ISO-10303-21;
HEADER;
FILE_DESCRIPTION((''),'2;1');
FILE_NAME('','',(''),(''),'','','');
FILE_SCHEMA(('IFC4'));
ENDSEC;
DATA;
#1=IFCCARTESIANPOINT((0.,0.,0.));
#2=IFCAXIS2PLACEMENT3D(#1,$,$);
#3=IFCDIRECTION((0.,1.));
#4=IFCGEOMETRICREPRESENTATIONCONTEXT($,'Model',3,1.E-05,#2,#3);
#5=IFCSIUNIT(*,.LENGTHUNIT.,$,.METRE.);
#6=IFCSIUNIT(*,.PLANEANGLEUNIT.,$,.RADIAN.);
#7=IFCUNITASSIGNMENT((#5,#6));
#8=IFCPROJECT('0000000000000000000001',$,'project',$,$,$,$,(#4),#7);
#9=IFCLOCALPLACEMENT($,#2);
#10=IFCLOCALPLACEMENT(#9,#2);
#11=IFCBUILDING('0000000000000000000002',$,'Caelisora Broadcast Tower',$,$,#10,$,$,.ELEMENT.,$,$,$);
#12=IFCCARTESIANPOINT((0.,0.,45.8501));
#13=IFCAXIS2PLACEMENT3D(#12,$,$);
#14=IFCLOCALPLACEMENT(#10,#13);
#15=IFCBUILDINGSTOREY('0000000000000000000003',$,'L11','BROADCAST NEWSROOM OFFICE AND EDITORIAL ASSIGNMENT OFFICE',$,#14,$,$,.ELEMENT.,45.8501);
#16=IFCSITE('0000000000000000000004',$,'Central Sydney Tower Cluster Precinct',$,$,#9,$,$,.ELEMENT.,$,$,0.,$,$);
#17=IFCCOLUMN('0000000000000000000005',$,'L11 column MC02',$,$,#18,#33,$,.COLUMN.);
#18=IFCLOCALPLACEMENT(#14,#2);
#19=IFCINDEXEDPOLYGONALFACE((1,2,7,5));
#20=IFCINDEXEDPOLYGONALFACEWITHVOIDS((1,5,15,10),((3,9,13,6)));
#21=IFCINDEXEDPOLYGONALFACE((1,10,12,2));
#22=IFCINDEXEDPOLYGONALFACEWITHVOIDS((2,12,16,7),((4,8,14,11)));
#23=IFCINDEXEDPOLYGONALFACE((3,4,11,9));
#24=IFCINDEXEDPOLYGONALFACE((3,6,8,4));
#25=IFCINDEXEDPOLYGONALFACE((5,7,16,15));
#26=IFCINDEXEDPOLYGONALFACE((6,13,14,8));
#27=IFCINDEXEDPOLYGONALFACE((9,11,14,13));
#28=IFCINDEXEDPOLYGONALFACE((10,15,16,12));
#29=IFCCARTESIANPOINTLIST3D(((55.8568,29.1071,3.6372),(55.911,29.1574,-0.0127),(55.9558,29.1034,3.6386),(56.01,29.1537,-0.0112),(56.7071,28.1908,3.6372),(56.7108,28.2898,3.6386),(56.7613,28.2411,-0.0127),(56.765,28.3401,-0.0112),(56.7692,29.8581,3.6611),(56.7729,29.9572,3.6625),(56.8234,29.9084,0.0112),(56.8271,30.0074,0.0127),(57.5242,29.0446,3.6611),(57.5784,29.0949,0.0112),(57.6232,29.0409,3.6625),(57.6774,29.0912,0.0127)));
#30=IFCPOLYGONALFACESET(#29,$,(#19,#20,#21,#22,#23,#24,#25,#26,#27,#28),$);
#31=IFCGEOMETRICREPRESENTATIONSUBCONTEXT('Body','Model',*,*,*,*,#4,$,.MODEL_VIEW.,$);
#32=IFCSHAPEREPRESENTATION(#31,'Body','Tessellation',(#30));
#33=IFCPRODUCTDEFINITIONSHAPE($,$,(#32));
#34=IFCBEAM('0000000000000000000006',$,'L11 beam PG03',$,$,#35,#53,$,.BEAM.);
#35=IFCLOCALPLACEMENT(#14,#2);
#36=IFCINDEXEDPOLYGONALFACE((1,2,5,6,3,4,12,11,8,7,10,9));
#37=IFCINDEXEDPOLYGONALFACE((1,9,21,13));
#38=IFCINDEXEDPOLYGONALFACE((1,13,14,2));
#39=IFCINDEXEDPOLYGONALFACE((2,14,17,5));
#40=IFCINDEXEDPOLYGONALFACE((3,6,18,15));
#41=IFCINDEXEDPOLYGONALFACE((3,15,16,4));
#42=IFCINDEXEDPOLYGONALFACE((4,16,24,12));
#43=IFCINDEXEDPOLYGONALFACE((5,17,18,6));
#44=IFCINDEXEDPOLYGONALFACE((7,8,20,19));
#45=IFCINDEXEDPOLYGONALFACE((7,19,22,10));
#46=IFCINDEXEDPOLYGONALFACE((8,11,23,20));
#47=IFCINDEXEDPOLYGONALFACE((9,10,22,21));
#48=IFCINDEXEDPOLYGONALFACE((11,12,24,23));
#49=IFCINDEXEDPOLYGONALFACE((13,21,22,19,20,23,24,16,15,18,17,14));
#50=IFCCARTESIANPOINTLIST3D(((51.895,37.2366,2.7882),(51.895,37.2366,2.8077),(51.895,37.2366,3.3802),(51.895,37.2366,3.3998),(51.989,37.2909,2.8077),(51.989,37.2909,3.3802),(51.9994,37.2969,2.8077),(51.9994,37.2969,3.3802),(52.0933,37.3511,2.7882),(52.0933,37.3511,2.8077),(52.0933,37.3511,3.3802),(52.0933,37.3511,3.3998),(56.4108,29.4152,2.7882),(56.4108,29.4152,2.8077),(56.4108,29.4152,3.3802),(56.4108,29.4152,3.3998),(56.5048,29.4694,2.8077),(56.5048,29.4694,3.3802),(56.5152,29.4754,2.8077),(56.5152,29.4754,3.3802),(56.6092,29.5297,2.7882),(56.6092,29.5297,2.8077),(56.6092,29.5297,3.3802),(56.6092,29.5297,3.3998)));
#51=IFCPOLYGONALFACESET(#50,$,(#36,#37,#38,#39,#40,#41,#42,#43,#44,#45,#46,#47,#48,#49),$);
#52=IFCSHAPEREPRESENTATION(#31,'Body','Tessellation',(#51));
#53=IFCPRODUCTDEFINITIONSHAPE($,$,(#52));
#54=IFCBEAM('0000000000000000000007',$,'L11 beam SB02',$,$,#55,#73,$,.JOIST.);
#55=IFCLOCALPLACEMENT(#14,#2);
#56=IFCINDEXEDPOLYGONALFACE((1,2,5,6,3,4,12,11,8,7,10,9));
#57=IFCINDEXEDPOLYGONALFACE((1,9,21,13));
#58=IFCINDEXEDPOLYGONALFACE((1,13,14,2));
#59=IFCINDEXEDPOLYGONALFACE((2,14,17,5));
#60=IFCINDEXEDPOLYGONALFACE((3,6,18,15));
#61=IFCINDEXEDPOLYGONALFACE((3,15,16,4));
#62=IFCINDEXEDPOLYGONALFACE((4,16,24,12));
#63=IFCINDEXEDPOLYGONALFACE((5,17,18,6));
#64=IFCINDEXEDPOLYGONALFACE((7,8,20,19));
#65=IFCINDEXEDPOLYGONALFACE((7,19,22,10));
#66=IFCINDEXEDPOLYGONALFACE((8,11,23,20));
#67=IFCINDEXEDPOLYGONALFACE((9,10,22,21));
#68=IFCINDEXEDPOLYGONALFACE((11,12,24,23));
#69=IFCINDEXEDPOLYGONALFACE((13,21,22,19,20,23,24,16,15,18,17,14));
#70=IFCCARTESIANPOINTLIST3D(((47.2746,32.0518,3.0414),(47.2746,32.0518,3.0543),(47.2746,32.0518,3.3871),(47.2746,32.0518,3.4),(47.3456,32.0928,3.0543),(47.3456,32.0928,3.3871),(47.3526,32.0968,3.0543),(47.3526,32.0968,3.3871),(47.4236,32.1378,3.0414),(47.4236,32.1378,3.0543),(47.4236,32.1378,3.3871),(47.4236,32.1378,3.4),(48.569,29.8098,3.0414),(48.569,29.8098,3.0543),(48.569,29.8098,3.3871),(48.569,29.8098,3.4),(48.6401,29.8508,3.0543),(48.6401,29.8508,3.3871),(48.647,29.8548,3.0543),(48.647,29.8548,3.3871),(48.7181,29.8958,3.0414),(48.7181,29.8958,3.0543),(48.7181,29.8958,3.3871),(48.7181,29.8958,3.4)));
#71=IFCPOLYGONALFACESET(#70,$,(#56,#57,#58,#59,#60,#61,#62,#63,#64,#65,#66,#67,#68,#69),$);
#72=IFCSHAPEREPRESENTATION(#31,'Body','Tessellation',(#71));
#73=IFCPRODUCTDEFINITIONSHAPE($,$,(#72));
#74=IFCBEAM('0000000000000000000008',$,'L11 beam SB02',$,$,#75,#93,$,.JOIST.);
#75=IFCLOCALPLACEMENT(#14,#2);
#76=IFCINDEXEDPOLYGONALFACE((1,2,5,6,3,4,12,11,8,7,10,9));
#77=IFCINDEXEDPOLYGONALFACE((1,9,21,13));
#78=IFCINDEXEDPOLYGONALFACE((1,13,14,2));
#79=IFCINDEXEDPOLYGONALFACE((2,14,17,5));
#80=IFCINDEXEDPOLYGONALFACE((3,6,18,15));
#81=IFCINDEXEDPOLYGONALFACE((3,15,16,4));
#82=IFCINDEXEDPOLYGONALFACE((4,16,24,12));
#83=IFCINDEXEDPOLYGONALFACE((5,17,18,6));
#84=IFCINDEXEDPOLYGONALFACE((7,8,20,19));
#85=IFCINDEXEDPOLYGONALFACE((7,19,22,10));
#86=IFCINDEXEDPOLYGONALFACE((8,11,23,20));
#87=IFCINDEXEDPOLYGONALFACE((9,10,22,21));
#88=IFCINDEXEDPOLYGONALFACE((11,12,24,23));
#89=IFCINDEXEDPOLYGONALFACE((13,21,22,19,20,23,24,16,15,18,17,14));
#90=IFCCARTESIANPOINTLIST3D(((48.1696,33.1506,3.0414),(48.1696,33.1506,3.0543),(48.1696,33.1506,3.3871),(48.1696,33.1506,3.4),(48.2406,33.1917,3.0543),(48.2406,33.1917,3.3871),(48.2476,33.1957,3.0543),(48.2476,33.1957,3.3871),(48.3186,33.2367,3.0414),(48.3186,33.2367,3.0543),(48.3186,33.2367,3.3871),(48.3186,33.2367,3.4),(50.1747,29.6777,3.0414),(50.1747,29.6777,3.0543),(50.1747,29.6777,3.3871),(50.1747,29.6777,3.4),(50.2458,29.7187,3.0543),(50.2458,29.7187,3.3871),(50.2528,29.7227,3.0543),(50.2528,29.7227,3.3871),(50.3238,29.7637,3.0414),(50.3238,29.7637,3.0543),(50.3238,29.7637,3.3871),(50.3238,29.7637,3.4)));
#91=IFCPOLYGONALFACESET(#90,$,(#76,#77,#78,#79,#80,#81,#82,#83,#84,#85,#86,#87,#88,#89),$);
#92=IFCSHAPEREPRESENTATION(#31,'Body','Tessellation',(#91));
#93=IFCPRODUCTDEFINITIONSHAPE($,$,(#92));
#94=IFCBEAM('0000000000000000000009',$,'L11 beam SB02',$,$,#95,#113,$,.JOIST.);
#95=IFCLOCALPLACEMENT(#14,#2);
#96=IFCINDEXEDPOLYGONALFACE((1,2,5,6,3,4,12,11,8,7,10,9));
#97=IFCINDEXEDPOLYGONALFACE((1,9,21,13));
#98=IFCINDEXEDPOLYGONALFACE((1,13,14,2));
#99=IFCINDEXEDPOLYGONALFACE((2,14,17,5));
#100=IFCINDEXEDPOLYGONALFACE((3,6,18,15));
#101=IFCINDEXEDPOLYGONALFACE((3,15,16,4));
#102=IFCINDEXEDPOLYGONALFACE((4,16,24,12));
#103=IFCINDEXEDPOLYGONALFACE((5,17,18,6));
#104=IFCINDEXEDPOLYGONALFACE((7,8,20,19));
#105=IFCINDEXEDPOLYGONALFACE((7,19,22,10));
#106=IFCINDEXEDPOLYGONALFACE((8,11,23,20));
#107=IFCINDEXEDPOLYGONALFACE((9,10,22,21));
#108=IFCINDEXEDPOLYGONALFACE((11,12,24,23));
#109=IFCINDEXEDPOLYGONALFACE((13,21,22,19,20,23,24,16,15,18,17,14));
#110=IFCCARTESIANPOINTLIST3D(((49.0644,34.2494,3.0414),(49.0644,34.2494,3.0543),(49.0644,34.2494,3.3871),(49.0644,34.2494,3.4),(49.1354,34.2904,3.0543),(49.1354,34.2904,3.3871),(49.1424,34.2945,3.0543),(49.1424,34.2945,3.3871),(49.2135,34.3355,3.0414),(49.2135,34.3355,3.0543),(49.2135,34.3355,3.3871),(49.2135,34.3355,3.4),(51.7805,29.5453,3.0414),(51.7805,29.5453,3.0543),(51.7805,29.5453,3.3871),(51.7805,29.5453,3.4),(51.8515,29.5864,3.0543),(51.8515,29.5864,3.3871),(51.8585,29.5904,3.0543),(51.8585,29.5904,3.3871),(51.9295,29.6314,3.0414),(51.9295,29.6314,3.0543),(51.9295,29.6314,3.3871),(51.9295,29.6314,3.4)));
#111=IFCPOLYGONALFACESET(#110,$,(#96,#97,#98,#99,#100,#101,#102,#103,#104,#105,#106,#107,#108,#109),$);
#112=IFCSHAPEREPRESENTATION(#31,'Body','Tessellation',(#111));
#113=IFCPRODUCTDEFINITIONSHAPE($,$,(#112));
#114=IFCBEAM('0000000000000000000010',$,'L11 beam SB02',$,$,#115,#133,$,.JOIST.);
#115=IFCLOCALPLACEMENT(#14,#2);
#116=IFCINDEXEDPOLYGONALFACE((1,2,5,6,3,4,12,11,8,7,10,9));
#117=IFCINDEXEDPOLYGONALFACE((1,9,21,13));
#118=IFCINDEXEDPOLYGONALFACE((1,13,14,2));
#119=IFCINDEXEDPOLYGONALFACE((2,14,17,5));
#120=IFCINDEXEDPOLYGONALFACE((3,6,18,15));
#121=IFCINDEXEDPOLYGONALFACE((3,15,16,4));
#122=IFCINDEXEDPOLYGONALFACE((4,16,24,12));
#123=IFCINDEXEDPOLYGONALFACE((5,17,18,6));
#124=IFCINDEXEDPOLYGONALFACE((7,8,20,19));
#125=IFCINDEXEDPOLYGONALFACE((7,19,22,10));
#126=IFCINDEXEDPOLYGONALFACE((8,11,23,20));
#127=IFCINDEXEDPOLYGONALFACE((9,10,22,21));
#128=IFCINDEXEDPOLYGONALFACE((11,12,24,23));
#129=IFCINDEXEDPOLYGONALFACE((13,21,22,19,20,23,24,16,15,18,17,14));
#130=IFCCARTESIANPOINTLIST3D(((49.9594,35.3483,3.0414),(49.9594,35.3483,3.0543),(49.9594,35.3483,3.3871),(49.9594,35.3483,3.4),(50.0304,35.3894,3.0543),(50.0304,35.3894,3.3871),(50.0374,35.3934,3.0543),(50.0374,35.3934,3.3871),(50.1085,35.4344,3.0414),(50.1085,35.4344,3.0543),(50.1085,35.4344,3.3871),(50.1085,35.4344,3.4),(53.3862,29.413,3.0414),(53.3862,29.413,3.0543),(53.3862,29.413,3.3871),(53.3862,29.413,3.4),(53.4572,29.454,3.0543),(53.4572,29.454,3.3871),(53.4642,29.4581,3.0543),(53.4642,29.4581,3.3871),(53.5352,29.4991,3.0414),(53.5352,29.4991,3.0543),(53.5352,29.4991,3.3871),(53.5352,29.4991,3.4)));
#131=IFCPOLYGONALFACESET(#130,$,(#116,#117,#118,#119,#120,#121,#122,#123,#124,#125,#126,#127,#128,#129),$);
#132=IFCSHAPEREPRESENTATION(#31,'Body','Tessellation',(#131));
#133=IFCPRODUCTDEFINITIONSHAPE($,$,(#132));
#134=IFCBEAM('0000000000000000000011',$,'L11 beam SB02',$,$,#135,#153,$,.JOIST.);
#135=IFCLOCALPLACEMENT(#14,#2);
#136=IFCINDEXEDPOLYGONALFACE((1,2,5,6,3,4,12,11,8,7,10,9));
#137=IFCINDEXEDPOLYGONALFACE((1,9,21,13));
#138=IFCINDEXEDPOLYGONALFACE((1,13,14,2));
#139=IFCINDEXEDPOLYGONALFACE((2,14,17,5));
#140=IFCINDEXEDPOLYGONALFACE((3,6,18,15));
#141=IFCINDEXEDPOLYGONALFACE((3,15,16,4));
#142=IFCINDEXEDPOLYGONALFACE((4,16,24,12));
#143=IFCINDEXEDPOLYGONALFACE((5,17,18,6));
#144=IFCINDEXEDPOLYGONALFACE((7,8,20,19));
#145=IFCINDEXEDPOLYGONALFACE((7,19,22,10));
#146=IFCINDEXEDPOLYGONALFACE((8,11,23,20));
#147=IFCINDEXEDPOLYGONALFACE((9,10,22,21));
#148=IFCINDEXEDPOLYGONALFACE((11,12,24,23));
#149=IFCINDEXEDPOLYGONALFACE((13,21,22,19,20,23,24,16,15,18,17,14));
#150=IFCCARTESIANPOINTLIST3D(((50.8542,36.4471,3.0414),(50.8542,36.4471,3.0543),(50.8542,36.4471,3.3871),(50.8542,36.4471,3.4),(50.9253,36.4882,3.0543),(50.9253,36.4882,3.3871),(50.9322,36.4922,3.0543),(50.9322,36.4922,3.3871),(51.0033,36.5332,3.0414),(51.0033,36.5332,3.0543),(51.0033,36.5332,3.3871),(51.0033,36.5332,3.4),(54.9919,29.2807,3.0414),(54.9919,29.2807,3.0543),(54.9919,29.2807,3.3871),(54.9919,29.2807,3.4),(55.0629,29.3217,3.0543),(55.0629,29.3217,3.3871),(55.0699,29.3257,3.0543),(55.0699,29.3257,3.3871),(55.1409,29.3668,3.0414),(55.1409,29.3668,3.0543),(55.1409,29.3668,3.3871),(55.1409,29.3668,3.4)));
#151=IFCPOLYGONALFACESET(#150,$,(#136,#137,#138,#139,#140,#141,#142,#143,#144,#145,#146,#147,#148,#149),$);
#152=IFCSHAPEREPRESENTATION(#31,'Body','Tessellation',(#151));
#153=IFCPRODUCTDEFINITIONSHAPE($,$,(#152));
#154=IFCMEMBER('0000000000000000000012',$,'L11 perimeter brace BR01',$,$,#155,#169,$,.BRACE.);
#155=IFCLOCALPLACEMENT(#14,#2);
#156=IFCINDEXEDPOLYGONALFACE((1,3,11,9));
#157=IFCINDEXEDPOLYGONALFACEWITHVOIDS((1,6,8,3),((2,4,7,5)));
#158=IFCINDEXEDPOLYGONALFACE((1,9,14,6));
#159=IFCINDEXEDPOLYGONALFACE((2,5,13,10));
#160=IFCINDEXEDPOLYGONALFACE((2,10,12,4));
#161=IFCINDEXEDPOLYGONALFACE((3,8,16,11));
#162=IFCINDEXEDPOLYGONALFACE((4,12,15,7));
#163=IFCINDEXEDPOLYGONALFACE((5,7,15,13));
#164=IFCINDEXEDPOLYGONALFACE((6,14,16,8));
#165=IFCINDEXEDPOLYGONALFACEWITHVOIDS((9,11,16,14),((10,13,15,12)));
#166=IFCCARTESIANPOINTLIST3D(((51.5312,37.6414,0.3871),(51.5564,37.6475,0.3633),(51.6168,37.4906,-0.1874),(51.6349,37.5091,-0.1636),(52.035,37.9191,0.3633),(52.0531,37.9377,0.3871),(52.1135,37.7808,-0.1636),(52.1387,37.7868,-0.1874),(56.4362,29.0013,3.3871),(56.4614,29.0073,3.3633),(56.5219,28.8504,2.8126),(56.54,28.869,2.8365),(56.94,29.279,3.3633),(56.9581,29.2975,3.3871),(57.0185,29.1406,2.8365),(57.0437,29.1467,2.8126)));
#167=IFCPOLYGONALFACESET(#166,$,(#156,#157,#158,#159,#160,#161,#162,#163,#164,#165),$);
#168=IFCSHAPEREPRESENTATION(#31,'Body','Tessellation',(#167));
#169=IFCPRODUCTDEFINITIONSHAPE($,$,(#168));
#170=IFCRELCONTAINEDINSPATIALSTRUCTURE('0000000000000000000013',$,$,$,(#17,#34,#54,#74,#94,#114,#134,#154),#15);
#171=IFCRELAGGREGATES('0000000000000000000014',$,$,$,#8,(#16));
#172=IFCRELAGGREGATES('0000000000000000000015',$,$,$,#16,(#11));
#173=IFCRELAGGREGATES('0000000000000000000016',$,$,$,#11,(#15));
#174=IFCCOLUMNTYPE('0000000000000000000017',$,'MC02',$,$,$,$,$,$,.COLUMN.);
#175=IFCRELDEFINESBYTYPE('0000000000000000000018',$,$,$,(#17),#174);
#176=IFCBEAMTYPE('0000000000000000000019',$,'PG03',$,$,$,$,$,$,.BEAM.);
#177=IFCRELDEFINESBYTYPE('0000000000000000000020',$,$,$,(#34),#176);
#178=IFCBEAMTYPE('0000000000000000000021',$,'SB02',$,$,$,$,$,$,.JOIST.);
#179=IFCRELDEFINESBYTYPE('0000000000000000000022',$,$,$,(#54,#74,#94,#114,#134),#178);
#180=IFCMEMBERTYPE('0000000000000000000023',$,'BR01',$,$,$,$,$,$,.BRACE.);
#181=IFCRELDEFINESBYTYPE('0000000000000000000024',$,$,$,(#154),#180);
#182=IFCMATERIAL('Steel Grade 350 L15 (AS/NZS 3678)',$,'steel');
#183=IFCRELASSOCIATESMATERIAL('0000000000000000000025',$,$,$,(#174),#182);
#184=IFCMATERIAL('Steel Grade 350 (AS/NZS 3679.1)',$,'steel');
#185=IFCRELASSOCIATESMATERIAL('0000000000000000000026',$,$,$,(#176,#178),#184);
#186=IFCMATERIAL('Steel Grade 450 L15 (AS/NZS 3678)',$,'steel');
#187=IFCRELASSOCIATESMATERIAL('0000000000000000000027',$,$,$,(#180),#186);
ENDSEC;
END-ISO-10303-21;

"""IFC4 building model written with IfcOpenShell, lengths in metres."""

from ifc_helpers import new_model, si_unit, direction, frame, origin, origin_2d, place, context, subcontext, project, spatial, hollow_rectangle, i_section, extrude, source, transform, mapped, material, material_profile, profile_set, type_object, type_shapes, element, save


model = new_model("IFC4")

# Units and contexts
model_context = context("Model", 3, precision=1e-05, world=origin(), true_north=direction((0.0, 1.0)))
body_context = subcontext(model_context, "Body", "Model", "MODEL_VIEW")
ifc_project = project(units=[si_unit("LENGTHUNIT", "METRE"), si_unit("PLANEANGLEUNIT", "RADIAN")], contexts=[model_context])

# Site, building, storey
site_placement = place(None, origin())
site = spatial("IfcSite", under=ifc_project, at=site_placement, Name="Central Sydney Tower Cluster Precinct", CompositionType="ELEMENT", RefElevation=0.0)
building_placement = place(site_placement, origin())
building = spatial("IfcBuilding", under=site, at=building_placement, Name="Caelisora Broadcast Tower", CompositionType="ELEMENT")
storey_placement = place(building_placement, frame((0.0, 0.0, 45.8501)))
storey = spatial("IfcBuildingStorey", under=building, at=storey_placement, Name="L11", Description="BROADCAST NEWSROOM OFFICE AND EDITORIAL ASSIGNMENT OFFICE", CompositionType="ELEMENT", Elevation=45.8501)

# Column
ifc_material_1 = material(Name="Steel Grade 350 L15 (AS/NZS 3678)", Category="steel")
ifc_material_profile_1 = material_profile(ifc_material_1, hollow_rectangle(XDim=1.25, YDim=1.25, WallThickness=0.0701, at=origin_2d()), Name="Steel Grade 350 L15 (AS/NZS 3678)")
ifc_profile_set_1 = profile_set([ifc_material_profile_1], Name="Steel Grade 350 L15 (AS/NZS 3678)")
column_type = type_object("IfcColumnType", Name="MC02", PredefinedType="COLUMN", material=ifc_profile_set_1)
shared_shape_1 = source(origin(), body_context, "Body", "SweptSolid", [
    extrude(hollow_rectangle(XDim=1.25, YDim=1.25, WallThickness=0.0701, at=origin_2d()), origin(), (0.0, 0.0, 1.0), 3.6506),
])
type_shapes(column_type, [shared_shape_1])
column_placement = place(storey_placement, frame((56.7942, 29.1243, 0.0), z_axis=(-0.014846, -0.013776, 0.999795), x_axis=(0.680198, -0.733029, 0.0)))
element("IfcColumn", 1, at=column_placement, inside=storey, type_object=column_type, Name="L11 column MC02", PredefinedType="COLUMN", context=body_context, shape_type="MappedRepresentation", body=[
    mapped(shared_shape_1, transform((0.0, 0.0, 0.0), scale=1.0)),
])

# Beams
ifc_material_2 = material(Name="Steel Grade 350 (AS/NZS 3679.1)", Category="steel")
ifc_material_profile_2 = material_profile(ifc_material_2, i_section(OverallWidth=0.229, OverallDepth=0.6116, WebThickness=0.012, FlangeThickness=0.0195, at=origin_2d()), Name="Steel Grade 350 (AS/NZS 3679.1)")
ifc_profile_set_2 = profile_set([ifc_material_profile_2], Name="Steel Grade 350 (AS/NZS 3679.1)")
beam_type_1 = type_object("IfcBeamType", Name="PG03", PredefinedType="BEAM", material=ifc_profile_set_2)
shared_shape_2 = source(origin(), body_context, "Body", "SweptSolid", [
    extrude(i_section(OverallWidth=0.229, OverallDepth=0.6116, WebThickness=0.012, FlangeThickness=0.0195, at=origin_2d()), origin(), (0.0, 0.0, 1.0), 9.0315),
])
type_shapes(beam_type_1, [shared_shape_2])
beam_1_placement = place(storey_placement, frame((56.51, 29.4724, 3.094), z_axis=(-0.500009, 0.86602, 0.0), x_axis=(-0.86602, -0.500009, 0.0)))
element("IfcBeam", 2, at=beam_1_placement, inside=storey, type_object=beam_type_1, Name="L11 beam PG03", PredefinedType="BEAM", context=body_context, shape_type="MappedRepresentation", body=[
    mapped(shared_shape_2, transform((0.0, 0.0, 0.0), scale=1.0)),
])
ifc_material_profile_3 = material_profile(ifc_material_2, i_section(OverallWidth=0.1721, OverallDepth=0.3586, WebThickness=0.0081, FlangeThickness=0.0129, at=origin_2d()), Name="Steel Grade 350 (AS/NZS 3679.1)")
ifc_profile_set_3 = profile_set([ifc_material_profile_3], Name="Steel Grade 350 (AS/NZS 3679.1)")
beam_type_2 = type_object("IfcBeamType", Name="SB02", PredefinedType="JOIST", material=ifc_profile_set_3)
shared_shape_3 = source(origin(), body_context, "Body", "SweptSolid", [
    extrude(i_section(OverallWidth=0.1721, OverallDepth=0.3586, WebThickness=0.0081, FlangeThickness=0.0129, at=origin_2d()), origin(), (0.0, 0.0, 1.0), 2.5889),
])
beam_2_placement = place(storey_placement, frame((48.6436, 29.8528, 3.2207), z_axis=(-0.500014, 0.866018, 0.0), x_axis=(-0.866018, -0.500014, 0.0)))
element("IfcBeam", 3, at=beam_2_placement, inside=storey, type_object=beam_type_2, Name="L11 beam SB02", PredefinedType="JOIST", context=body_context, shape_type="MappedRepresentation", body=[
    mapped(shared_shape_3, transform((0.0, 0.0, 0.0), scale=1.0)),
])
shared_shape_4 = source(origin(), body_context, "Body", "SweptSolid", [
    extrude(i_section(OverallWidth=0.1721, OverallDepth=0.3586, WebThickness=0.0081, FlangeThickness=0.0129, at=origin_2d()), origin(), (0.0, 0.0, 1.0), 4.0103),
])
beam_3_placement = place(storey_placement, frame((50.2493, 29.7207, 3.2207), z_axis=(-0.500009, 0.86602, 0.0), x_axis=(-0.86602, -0.500009, 0.0)))
element("IfcBeam", 4, at=beam_3_placement, inside=storey, type_object=beam_type_2, Name="L11 beam SB02", PredefinedType="JOIST", context=body_context, shape_type="MappedRepresentation", body=[
    mapped(shared_shape_4, transform((0.0, 0.0, 0.0), scale=1.0)),
])
shared_shape_5 = source(origin(), body_context, "Body", "SweptSolid", [
    extrude(i_section(OverallWidth=0.1721, OverallDepth=0.3586, WebThickness=0.0081, FlangeThickness=0.0129, at=origin_2d()), origin(), (0.0, 0.0, 1.0), 5.4319),
])
beam_4_placement = place(storey_placement, frame((51.855, 29.5884, 3.2207), z_axis=(-0.500021, 0.866013, 0.0), x_axis=(-0.866013, -0.500021, 0.0)))
element("IfcBeam", 5, at=beam_4_placement, inside=storey, type_object=beam_type_2, Name="L11 beam SB02", PredefinedType="JOIST", context=body_context, shape_type="MappedRepresentation", body=[
    mapped(shared_shape_5, transform((0.0, 0.0, 0.0), scale=1.0)),
])
shared_shape_6 = source(origin(), body_context, "Body", "SweptSolid", [
    extrude(i_section(OverallWidth=0.1721, OverallDepth=0.3586, WebThickness=0.0081, FlangeThickness=0.0129, at=origin_2d()), origin(), (0.0, 0.0, 1.0), 6.8535),
])
beam_5_placement = place(storey_placement, frame((53.4607, 29.4561, 3.2207), z_axis=(-0.500001, 0.866025, 0.0), x_axis=(-0.866025, -0.500001, 0.0)))
element("IfcBeam", 6, at=beam_5_placement, inside=storey, type_object=beam_type_2, Name="L11 beam SB02", PredefinedType="JOIST", context=body_context, shape_type="MappedRepresentation", body=[
    mapped(shared_shape_6, transform((0.0, 0.0, 0.0), scale=1.0)),
])
shared_shape_7 = source(origin(), body_context, "Body", "SweptSolid", [
    extrude(i_section(OverallWidth=0.1721, OverallDepth=0.3586, WebThickness=0.0081, FlangeThickness=0.0129, at=origin_2d()), origin(), (0.0, 0.0, 1.0), 8.2751),
])
type_shapes(beam_type_2, [shared_shape_3, shared_shape_4, shared_shape_5, shared_shape_6, shared_shape_7])
beam_6_placement = place(storey_placement, frame((55.0664, 29.3237, 3.2207), z_axis=(-0.50001, 0.86602, 0.0), x_axis=(-0.86602, -0.50001, 0.0)))
element("IfcBeam", 7, at=beam_6_placement, inside=storey, type_object=beam_type_2, Name="L11 beam SB02", PredefinedType="JOIST", context=body_context, shape_type="MappedRepresentation", body=[
    mapped(shared_shape_7, transform((0.0, 0.0, 0.0), scale=1.0)),
])

# Member
ifc_material_3 = material(Name="Steel Grade 450 L15 (AS/NZS 3678)", Category="steel")
ifc_material_profile_4 = material_profile(ifc_material_3, hollow_rectangle(XDim=0.6001, YDim=0.6001, WallThickness=0.0249, at=origin_2d()), Name="Steel Grade 450 L15 (AS/NZS 3678)")
ifc_profile_set_4 = profile_set([ifc_material_profile_4], Name="Steel Grade 450 L15 (AS/NZS 3678)")
member_type_1 = type_object("IfcMemberType", Name="BR01", PredefinedType="BRACE", material=ifc_profile_set_4)
shared_shape_8 = source(origin(), body_context, "Body", "SweptSolid", [
    extrude(hollow_rectangle(XDim=0.6001, YDim=0.6001, WallThickness=0.0249, at=origin_2d()), origin(), (0.0, 0.0, 1.0), 10.3784),
])
type_shapes(member_type_1, [shared_shape_8])
member_1_placement = place(storey_placement, frame((56.74, 29.074, 3.0999), z_axis=(-0.472619, 0.832511, -0.289062), x_axis=(-0.869635, -0.493694, 0.0)))
element("IfcMember", 8, at=member_1_placement, inside=storey, type_object=member_type_1, Name="L11 perimeter brace BR01", PredefinedType="BRACE", context=body_context, shape_type="MappedRepresentation", body=[
    mapped(shared_shape_8, transform((0.0, 0.0, 0.0), scale=1.0)),
])

save(model, "model.ifc")
